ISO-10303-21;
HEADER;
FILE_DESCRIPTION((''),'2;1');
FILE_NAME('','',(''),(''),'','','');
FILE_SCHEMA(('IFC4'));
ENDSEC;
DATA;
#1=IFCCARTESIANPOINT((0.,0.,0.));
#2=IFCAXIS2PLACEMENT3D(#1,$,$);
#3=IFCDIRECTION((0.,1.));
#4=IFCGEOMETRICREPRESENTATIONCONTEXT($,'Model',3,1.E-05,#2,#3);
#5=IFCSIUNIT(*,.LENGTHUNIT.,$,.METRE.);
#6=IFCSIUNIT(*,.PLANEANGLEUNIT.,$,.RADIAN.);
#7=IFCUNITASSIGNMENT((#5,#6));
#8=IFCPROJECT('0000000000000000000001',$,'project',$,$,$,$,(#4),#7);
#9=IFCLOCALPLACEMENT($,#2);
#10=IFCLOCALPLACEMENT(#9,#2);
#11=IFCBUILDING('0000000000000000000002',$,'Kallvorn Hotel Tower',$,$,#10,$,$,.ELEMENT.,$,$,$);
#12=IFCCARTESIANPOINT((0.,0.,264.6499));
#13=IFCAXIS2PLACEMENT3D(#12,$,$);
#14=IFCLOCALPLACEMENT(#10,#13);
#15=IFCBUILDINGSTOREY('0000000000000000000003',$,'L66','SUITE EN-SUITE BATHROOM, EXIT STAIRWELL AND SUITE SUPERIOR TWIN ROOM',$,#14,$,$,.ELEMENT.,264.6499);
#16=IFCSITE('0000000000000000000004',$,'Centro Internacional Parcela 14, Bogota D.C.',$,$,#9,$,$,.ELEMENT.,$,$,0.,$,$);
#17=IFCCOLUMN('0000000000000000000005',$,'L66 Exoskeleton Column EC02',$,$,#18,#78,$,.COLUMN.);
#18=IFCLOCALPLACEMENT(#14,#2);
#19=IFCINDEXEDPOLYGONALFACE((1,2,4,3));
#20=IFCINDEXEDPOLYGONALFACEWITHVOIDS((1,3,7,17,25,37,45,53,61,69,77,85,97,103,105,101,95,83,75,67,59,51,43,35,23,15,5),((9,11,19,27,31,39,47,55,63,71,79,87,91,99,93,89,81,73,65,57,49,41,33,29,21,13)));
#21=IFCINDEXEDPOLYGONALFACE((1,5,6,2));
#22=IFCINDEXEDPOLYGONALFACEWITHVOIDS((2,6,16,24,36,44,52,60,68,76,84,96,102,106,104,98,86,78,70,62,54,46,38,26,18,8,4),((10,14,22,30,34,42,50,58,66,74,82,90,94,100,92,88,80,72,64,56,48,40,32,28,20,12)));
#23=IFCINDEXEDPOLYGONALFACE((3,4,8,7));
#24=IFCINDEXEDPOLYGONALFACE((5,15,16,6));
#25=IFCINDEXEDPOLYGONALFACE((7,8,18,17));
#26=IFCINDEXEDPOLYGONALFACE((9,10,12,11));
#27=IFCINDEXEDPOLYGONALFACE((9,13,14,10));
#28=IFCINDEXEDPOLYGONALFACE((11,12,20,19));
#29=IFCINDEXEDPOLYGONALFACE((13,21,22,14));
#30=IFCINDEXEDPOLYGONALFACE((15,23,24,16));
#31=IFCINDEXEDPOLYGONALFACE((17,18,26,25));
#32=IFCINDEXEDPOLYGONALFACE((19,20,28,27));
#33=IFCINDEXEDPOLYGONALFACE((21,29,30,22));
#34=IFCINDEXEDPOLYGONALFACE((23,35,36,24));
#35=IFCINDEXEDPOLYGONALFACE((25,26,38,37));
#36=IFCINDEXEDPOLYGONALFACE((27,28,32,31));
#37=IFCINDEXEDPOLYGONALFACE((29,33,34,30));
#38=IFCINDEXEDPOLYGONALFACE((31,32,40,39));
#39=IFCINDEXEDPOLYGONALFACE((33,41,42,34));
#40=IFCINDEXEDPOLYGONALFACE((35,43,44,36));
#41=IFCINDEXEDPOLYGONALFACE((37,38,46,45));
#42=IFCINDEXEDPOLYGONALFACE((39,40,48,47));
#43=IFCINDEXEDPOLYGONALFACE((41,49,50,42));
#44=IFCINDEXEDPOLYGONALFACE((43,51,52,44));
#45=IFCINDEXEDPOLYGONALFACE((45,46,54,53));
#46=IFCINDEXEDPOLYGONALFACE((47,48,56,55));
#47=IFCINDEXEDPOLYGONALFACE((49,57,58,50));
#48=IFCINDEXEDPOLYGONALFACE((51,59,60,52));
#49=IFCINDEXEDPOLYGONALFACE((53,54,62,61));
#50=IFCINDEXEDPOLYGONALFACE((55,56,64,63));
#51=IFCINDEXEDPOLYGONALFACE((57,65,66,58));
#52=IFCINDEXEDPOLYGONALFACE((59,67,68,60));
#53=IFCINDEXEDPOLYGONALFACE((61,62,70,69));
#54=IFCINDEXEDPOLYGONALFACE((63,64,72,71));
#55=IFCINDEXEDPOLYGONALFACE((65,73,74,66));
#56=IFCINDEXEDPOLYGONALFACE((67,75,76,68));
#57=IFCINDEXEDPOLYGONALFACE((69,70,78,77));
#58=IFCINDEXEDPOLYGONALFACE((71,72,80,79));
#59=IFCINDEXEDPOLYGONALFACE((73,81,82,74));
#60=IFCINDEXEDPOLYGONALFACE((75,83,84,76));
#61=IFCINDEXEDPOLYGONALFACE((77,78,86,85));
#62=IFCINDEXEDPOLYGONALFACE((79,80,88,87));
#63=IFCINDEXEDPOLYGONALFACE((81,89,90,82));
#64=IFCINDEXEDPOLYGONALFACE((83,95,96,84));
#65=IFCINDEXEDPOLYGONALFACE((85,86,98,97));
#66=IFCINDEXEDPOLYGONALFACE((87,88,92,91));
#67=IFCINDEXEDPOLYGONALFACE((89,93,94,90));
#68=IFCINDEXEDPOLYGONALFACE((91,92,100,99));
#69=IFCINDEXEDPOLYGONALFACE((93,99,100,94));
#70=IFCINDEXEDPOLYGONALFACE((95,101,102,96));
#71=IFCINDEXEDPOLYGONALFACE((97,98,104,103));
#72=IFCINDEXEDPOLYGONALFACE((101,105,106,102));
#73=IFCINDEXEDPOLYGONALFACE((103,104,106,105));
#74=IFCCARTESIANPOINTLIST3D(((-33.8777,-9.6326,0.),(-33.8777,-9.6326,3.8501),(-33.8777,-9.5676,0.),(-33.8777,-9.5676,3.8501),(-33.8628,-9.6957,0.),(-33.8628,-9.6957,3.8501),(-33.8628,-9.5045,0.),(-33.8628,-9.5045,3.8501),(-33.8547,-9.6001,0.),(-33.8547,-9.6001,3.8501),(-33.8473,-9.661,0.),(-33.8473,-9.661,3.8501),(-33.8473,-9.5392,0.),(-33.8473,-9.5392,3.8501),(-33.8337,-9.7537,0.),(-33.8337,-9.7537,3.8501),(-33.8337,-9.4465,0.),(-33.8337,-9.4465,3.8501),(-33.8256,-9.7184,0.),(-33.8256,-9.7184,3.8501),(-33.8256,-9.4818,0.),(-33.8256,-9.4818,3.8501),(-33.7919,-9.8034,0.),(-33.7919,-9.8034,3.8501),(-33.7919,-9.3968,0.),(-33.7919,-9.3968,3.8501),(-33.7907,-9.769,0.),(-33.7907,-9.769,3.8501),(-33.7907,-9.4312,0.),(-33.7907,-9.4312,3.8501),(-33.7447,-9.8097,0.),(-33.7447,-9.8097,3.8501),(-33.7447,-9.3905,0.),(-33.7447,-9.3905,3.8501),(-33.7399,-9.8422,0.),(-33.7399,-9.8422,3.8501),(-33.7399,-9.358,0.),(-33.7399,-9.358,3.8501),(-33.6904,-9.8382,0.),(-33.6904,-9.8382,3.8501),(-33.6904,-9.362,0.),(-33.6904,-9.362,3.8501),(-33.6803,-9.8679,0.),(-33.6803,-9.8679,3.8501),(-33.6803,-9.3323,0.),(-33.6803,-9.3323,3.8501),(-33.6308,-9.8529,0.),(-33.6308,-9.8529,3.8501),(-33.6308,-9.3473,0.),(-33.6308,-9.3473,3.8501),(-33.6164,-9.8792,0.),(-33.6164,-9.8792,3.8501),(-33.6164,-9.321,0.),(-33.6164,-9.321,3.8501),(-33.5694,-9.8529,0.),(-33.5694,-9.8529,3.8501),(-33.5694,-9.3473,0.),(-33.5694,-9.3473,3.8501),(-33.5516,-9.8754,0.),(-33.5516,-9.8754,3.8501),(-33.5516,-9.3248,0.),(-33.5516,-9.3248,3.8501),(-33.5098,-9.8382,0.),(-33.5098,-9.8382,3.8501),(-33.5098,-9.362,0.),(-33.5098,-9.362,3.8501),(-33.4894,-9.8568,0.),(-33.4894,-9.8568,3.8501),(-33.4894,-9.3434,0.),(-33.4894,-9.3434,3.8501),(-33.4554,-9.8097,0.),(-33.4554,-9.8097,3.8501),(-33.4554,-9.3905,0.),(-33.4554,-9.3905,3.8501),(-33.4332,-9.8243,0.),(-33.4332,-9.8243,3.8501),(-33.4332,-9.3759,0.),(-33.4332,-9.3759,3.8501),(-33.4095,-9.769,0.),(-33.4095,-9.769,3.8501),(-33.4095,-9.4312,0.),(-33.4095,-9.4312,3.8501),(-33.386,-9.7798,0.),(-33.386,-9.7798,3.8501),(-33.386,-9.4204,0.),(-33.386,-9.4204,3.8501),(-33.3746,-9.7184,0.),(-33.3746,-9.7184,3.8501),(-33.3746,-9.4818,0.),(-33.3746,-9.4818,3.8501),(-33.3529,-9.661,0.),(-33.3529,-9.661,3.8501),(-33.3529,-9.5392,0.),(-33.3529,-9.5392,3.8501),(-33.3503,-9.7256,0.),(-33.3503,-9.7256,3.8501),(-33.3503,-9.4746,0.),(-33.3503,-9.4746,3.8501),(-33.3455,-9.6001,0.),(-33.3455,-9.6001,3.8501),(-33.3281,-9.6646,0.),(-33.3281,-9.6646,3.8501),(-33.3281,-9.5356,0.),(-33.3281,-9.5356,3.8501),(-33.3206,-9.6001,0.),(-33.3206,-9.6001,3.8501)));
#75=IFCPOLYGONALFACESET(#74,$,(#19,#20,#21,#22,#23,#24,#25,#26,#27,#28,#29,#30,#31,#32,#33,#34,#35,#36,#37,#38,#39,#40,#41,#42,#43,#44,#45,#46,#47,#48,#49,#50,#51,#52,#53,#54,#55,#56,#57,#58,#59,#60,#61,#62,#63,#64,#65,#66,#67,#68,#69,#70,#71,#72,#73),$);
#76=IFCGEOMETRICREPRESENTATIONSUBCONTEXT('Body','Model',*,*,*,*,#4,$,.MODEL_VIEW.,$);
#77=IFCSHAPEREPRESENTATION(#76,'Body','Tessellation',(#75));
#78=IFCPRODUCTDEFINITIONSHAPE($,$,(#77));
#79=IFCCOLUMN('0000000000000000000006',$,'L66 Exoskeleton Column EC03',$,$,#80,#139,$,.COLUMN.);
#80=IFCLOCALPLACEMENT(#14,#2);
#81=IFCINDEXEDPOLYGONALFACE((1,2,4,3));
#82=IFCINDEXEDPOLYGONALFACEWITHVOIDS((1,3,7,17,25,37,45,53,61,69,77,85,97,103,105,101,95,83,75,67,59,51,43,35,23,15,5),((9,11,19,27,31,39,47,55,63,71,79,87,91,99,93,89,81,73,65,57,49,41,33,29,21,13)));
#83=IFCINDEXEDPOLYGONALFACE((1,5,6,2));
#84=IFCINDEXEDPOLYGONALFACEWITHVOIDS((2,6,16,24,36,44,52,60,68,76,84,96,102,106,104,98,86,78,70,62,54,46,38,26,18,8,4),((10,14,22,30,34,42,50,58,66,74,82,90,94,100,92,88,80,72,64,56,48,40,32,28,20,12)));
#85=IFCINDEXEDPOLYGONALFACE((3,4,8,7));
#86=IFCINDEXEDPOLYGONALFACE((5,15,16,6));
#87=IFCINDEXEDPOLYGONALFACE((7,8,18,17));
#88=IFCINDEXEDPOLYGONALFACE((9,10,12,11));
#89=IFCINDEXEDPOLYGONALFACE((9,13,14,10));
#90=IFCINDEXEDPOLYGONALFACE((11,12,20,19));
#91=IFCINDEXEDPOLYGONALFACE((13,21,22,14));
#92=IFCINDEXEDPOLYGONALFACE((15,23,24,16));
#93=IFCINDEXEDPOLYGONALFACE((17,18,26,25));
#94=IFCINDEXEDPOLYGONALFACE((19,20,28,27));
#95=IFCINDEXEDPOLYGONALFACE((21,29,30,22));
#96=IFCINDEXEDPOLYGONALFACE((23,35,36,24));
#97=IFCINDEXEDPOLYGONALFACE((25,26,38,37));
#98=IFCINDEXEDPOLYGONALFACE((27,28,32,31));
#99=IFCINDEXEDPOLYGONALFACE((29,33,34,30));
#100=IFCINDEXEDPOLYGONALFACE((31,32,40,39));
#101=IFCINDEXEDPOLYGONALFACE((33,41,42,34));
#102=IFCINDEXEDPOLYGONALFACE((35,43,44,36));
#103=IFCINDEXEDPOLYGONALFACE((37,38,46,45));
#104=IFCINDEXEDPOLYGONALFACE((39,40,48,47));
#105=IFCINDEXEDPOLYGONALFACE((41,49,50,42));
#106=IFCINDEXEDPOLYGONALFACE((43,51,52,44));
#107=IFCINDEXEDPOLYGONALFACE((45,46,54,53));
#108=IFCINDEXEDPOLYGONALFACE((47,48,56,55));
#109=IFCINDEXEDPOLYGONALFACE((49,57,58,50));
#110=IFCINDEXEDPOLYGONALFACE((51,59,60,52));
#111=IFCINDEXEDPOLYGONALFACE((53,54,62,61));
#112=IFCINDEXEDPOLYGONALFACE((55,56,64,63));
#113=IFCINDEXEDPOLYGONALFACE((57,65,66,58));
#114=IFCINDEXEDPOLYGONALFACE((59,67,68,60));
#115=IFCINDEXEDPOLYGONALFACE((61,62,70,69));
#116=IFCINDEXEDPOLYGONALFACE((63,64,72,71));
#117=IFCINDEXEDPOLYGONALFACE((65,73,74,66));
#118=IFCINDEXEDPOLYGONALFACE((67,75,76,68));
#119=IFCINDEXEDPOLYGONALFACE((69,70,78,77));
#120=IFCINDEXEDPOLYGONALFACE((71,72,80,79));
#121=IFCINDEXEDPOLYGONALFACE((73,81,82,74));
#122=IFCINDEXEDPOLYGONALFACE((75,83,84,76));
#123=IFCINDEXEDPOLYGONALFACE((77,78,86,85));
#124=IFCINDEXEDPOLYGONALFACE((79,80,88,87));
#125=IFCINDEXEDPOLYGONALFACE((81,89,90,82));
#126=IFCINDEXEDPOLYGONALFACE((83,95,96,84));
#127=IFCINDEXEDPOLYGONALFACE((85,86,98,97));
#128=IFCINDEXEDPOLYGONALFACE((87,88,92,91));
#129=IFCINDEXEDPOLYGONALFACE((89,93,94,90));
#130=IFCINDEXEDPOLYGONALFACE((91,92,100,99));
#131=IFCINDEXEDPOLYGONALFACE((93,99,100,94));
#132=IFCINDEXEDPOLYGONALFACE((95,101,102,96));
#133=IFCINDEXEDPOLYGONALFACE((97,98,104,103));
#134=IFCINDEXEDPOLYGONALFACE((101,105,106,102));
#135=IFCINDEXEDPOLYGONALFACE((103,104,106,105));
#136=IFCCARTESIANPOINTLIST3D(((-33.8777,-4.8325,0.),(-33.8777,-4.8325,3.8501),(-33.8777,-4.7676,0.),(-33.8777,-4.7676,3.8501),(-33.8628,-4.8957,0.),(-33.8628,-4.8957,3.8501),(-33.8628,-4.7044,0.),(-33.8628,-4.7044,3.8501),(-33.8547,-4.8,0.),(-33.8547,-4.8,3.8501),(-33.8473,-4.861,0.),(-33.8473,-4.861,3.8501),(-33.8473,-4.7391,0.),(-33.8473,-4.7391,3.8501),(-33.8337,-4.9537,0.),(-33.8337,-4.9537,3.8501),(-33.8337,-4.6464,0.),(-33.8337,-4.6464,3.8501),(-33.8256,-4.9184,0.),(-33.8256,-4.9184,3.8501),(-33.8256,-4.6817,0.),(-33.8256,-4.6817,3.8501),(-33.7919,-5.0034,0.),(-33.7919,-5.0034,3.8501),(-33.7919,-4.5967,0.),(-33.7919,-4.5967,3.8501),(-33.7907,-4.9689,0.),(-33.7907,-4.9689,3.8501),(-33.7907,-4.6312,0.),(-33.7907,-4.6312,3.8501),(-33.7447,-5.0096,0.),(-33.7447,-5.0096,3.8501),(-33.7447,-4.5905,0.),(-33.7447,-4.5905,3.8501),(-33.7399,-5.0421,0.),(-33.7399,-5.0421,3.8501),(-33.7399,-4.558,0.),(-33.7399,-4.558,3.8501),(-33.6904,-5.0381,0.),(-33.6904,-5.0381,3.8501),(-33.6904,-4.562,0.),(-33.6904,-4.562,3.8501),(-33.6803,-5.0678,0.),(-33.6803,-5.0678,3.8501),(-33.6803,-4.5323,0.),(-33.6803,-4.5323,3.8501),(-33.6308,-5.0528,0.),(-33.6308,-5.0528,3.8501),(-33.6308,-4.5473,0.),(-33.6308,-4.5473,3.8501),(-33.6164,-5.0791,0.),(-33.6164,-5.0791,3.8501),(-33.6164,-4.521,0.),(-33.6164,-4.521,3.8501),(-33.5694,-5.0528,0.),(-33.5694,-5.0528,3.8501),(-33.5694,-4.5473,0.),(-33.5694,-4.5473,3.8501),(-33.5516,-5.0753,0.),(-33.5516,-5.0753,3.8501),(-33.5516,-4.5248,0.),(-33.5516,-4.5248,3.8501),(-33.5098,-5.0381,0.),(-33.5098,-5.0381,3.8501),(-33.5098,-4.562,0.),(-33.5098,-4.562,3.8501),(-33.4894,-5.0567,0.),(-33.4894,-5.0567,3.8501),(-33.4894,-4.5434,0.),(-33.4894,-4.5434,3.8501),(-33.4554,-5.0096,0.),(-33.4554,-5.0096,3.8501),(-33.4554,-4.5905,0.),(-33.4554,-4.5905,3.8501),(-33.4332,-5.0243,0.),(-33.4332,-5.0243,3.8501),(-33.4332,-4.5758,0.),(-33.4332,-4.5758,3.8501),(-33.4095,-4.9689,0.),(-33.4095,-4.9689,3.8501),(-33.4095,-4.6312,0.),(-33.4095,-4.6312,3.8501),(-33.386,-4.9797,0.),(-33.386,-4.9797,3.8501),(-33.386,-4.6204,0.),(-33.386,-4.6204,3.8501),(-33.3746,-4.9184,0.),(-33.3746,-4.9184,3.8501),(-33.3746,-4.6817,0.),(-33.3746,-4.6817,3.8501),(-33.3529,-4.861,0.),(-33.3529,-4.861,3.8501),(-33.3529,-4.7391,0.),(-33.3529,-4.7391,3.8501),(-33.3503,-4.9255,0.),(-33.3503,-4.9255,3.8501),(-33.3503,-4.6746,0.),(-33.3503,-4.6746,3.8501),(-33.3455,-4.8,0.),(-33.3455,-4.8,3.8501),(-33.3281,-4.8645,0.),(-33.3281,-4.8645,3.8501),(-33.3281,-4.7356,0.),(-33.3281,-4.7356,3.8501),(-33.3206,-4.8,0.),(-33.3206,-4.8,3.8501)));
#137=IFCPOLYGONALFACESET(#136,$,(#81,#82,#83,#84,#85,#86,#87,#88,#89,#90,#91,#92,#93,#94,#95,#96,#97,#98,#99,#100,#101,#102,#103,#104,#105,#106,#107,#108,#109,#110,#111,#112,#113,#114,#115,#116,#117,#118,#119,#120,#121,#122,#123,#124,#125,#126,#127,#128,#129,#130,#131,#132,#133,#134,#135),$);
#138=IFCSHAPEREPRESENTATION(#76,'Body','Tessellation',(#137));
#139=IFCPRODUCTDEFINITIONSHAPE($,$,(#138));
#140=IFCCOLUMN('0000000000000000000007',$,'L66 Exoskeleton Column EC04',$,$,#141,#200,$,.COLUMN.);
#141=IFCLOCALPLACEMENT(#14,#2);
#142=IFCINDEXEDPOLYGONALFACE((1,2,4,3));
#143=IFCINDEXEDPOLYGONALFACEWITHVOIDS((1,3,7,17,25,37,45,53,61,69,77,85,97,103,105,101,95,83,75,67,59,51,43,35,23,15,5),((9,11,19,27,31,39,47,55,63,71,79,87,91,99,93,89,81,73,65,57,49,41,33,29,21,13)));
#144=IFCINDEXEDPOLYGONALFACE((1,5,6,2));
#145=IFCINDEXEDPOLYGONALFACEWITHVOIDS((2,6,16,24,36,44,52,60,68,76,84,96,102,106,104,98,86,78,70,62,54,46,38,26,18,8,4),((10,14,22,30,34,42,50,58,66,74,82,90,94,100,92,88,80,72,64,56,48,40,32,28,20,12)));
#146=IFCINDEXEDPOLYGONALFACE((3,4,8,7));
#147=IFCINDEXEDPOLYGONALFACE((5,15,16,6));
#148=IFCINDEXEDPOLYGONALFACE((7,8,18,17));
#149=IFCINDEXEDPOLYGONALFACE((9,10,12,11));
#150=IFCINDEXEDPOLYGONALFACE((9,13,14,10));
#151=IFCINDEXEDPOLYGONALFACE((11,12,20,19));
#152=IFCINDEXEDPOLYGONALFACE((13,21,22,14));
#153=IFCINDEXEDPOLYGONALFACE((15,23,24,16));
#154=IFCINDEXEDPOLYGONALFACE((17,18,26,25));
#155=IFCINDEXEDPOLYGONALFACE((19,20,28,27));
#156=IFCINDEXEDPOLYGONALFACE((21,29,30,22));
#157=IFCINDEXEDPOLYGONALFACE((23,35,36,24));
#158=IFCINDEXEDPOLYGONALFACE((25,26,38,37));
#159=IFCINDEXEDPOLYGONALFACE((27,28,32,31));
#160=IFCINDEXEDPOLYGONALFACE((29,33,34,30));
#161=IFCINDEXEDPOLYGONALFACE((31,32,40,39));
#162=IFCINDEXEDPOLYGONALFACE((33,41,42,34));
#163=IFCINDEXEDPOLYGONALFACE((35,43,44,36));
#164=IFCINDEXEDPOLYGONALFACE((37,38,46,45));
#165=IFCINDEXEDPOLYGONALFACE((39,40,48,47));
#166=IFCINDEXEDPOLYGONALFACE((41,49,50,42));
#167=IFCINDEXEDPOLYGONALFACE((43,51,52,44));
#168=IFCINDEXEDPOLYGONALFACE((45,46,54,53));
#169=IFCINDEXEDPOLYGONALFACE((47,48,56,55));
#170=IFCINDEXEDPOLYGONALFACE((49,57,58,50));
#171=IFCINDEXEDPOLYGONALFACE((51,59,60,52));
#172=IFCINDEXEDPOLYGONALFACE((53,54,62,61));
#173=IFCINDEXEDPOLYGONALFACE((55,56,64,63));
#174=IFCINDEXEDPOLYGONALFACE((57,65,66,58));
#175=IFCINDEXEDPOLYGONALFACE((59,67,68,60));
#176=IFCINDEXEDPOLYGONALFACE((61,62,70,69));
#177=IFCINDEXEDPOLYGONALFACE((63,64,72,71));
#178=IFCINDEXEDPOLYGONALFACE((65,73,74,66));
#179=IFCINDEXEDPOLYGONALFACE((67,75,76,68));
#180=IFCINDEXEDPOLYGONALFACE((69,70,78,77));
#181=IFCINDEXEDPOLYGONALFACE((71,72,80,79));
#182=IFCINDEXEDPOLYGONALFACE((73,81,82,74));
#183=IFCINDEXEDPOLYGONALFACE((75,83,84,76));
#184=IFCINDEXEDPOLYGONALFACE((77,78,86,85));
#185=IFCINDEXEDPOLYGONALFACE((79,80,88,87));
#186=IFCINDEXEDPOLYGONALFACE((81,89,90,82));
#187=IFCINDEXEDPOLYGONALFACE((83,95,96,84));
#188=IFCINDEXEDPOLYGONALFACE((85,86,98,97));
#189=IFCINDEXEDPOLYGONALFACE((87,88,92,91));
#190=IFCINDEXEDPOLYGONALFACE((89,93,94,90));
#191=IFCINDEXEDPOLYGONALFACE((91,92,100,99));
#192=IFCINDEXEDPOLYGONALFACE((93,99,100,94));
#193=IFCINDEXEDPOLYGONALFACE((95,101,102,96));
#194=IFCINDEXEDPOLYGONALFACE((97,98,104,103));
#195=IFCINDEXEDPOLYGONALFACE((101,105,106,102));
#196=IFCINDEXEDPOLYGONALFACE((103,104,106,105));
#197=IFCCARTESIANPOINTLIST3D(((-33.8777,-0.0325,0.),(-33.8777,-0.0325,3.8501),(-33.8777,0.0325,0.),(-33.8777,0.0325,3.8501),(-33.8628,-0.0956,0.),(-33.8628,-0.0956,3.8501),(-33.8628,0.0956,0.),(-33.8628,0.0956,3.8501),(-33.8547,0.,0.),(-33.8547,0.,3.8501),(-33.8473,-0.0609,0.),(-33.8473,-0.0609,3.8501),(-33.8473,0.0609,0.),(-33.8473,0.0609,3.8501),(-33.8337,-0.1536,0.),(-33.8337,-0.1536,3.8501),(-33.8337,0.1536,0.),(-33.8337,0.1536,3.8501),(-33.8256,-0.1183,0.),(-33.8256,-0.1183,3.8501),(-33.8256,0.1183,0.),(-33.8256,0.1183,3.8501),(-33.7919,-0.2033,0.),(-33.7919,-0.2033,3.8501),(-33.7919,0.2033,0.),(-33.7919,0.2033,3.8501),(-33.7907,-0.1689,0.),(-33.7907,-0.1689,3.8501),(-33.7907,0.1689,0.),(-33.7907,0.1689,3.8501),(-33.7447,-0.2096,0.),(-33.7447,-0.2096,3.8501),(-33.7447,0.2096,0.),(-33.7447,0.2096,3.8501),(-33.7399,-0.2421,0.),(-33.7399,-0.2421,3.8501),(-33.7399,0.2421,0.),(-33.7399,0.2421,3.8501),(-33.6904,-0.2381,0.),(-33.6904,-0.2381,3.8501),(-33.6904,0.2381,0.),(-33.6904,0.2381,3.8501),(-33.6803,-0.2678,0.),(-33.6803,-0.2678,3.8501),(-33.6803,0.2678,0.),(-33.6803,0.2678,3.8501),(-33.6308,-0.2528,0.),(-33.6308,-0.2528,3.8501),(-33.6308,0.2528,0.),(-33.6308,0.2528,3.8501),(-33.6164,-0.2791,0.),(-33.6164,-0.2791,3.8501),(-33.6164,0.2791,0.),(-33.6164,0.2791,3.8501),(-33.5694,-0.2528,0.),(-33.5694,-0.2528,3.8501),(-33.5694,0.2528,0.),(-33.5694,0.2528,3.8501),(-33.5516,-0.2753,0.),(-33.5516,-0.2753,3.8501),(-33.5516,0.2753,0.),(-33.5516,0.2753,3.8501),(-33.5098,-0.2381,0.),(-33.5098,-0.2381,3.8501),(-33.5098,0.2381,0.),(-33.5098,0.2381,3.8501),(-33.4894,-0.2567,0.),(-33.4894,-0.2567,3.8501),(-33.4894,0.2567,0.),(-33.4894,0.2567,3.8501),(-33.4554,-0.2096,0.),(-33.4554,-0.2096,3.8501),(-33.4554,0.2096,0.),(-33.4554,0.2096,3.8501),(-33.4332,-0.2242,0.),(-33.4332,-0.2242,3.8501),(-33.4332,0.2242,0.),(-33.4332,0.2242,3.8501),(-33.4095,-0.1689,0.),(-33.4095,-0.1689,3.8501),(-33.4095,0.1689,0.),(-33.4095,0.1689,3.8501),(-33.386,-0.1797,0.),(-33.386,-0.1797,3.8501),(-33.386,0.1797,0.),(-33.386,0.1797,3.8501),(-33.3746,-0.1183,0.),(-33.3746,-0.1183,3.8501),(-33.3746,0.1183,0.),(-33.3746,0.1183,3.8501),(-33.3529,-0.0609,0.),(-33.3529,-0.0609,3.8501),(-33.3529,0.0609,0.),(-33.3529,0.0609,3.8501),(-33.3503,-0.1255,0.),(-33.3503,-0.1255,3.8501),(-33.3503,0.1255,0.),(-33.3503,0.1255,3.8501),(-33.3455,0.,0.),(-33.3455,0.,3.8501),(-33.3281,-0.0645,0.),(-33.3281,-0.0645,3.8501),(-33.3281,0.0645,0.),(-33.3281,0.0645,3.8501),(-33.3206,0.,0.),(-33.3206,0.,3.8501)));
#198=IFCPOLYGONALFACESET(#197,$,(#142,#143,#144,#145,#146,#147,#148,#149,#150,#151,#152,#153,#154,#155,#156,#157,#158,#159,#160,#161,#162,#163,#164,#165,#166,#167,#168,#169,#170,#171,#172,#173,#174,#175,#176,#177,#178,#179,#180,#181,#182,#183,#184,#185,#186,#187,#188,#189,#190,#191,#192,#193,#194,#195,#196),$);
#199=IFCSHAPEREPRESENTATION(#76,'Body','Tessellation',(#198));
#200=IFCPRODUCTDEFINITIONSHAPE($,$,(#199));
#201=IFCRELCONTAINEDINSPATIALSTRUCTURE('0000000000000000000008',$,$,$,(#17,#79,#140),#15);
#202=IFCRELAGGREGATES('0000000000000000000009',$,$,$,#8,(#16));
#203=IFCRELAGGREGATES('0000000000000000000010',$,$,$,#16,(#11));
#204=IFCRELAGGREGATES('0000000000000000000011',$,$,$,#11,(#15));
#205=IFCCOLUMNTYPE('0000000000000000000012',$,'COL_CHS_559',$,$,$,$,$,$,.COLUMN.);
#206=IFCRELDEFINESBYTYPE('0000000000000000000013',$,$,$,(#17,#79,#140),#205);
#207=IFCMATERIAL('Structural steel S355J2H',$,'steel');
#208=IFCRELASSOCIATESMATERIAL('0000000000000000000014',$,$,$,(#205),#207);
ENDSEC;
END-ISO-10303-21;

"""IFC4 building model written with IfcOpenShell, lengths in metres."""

from ifc_helpers import new_model, si_unit, direction, frame, origin, origin_2d, place, context, subcontext, project, spatial, hollow_circle, extrude, material, material_profile, profile_set, type_object, element, save


model = new_model("IFC4")

# Units and contexts
model_context = context("Model", 3, precision=1e-05, world=origin(), true_north=direction((0.0, 1.0)))
body_context = subcontext(model_context, "Body", "Model", "MODEL_VIEW")
ifc_project = project(units=[si_unit("LENGTHUNIT", "METRE"), si_unit("PLANEANGLEUNIT", "RADIAN")], contexts=[model_context])

# Site, building, storey
site_placement = place(None, origin())
site = spatial("IfcSite", under=ifc_project, at=site_placement, Name="Centro Internacional Parcela 14, Bogota D.C.", CompositionType="ELEMENT", RefElevation=0.0)
building_placement = place(site_placement, origin())
building = spatial("IfcBuilding", under=site, at=building_placement, Name="Kallvorn Hotel Tower", CompositionType="ELEMENT")
storey_placement = place(building_placement, frame((0.0, 0.0, 264.6499)))
storey = spatial("IfcBuildingStorey", under=building, at=storey_placement, Name="L66", Description="SUITE EN-SUITE BATHROOM, EXIT STAIRWELL AND SUITE SUPERIOR TWIN ROOM", CompositionType="ELEMENT", Elevation=264.6499)

# Columns
ifc_material_1 = material(Name="Structural steel S355J2H", Category="steel")
ifc_material_profile_1 = material_profile(ifc_material_1, hollow_circle(Radius=0.2795, WallThickness=0.0249, at=origin_2d()), Name="CHS 559x25")
ifc_profile_set_1 = profile_set([ifc_material_profile_1], Name="Structural steel S355J2H")
column_type = type_object("IfcColumnType", Name="COL_CHS_559", PredefinedType="COLUMN", material=ifc_profile_set_1)
for number, where, z_axis, x_axis, name in (
    (1, (-33.6001, -9.6001, 0.0), (0.0, 0.0, 1.0), (1.0, 0.0, 0.0), "L66 Exoskeleton Column EC02"),
    (2, (-33.6001, -4.8, 0.0), (0.0, 0.0, 1.0), (1.0, 0.0, 0.0), "L66 Exoskeleton Column EC03"),
    (3, (-33.6001, 0.0, 0.0), (0.0, 0.0, 1.0), (1.0, 0.0, 0.0), "L66 Exoskeleton Column EC04"),
):
    element("IfcColumn", number, at=place(storey_placement, frame(where, z_axis=z_axis, x_axis=x_axis)), inside=storey, type_object=column_type, Name=name, PredefinedType="COLUMN", context=body_context, shape_type="SweptSolid", body=[
        extrude(hollow_circle(Radius=0.2795, WallThickness=0.0249, at=origin_2d()), origin(), (0.0, 0.0, 1.0), 3.8501),
    ])

save(model, "model.ifc")
